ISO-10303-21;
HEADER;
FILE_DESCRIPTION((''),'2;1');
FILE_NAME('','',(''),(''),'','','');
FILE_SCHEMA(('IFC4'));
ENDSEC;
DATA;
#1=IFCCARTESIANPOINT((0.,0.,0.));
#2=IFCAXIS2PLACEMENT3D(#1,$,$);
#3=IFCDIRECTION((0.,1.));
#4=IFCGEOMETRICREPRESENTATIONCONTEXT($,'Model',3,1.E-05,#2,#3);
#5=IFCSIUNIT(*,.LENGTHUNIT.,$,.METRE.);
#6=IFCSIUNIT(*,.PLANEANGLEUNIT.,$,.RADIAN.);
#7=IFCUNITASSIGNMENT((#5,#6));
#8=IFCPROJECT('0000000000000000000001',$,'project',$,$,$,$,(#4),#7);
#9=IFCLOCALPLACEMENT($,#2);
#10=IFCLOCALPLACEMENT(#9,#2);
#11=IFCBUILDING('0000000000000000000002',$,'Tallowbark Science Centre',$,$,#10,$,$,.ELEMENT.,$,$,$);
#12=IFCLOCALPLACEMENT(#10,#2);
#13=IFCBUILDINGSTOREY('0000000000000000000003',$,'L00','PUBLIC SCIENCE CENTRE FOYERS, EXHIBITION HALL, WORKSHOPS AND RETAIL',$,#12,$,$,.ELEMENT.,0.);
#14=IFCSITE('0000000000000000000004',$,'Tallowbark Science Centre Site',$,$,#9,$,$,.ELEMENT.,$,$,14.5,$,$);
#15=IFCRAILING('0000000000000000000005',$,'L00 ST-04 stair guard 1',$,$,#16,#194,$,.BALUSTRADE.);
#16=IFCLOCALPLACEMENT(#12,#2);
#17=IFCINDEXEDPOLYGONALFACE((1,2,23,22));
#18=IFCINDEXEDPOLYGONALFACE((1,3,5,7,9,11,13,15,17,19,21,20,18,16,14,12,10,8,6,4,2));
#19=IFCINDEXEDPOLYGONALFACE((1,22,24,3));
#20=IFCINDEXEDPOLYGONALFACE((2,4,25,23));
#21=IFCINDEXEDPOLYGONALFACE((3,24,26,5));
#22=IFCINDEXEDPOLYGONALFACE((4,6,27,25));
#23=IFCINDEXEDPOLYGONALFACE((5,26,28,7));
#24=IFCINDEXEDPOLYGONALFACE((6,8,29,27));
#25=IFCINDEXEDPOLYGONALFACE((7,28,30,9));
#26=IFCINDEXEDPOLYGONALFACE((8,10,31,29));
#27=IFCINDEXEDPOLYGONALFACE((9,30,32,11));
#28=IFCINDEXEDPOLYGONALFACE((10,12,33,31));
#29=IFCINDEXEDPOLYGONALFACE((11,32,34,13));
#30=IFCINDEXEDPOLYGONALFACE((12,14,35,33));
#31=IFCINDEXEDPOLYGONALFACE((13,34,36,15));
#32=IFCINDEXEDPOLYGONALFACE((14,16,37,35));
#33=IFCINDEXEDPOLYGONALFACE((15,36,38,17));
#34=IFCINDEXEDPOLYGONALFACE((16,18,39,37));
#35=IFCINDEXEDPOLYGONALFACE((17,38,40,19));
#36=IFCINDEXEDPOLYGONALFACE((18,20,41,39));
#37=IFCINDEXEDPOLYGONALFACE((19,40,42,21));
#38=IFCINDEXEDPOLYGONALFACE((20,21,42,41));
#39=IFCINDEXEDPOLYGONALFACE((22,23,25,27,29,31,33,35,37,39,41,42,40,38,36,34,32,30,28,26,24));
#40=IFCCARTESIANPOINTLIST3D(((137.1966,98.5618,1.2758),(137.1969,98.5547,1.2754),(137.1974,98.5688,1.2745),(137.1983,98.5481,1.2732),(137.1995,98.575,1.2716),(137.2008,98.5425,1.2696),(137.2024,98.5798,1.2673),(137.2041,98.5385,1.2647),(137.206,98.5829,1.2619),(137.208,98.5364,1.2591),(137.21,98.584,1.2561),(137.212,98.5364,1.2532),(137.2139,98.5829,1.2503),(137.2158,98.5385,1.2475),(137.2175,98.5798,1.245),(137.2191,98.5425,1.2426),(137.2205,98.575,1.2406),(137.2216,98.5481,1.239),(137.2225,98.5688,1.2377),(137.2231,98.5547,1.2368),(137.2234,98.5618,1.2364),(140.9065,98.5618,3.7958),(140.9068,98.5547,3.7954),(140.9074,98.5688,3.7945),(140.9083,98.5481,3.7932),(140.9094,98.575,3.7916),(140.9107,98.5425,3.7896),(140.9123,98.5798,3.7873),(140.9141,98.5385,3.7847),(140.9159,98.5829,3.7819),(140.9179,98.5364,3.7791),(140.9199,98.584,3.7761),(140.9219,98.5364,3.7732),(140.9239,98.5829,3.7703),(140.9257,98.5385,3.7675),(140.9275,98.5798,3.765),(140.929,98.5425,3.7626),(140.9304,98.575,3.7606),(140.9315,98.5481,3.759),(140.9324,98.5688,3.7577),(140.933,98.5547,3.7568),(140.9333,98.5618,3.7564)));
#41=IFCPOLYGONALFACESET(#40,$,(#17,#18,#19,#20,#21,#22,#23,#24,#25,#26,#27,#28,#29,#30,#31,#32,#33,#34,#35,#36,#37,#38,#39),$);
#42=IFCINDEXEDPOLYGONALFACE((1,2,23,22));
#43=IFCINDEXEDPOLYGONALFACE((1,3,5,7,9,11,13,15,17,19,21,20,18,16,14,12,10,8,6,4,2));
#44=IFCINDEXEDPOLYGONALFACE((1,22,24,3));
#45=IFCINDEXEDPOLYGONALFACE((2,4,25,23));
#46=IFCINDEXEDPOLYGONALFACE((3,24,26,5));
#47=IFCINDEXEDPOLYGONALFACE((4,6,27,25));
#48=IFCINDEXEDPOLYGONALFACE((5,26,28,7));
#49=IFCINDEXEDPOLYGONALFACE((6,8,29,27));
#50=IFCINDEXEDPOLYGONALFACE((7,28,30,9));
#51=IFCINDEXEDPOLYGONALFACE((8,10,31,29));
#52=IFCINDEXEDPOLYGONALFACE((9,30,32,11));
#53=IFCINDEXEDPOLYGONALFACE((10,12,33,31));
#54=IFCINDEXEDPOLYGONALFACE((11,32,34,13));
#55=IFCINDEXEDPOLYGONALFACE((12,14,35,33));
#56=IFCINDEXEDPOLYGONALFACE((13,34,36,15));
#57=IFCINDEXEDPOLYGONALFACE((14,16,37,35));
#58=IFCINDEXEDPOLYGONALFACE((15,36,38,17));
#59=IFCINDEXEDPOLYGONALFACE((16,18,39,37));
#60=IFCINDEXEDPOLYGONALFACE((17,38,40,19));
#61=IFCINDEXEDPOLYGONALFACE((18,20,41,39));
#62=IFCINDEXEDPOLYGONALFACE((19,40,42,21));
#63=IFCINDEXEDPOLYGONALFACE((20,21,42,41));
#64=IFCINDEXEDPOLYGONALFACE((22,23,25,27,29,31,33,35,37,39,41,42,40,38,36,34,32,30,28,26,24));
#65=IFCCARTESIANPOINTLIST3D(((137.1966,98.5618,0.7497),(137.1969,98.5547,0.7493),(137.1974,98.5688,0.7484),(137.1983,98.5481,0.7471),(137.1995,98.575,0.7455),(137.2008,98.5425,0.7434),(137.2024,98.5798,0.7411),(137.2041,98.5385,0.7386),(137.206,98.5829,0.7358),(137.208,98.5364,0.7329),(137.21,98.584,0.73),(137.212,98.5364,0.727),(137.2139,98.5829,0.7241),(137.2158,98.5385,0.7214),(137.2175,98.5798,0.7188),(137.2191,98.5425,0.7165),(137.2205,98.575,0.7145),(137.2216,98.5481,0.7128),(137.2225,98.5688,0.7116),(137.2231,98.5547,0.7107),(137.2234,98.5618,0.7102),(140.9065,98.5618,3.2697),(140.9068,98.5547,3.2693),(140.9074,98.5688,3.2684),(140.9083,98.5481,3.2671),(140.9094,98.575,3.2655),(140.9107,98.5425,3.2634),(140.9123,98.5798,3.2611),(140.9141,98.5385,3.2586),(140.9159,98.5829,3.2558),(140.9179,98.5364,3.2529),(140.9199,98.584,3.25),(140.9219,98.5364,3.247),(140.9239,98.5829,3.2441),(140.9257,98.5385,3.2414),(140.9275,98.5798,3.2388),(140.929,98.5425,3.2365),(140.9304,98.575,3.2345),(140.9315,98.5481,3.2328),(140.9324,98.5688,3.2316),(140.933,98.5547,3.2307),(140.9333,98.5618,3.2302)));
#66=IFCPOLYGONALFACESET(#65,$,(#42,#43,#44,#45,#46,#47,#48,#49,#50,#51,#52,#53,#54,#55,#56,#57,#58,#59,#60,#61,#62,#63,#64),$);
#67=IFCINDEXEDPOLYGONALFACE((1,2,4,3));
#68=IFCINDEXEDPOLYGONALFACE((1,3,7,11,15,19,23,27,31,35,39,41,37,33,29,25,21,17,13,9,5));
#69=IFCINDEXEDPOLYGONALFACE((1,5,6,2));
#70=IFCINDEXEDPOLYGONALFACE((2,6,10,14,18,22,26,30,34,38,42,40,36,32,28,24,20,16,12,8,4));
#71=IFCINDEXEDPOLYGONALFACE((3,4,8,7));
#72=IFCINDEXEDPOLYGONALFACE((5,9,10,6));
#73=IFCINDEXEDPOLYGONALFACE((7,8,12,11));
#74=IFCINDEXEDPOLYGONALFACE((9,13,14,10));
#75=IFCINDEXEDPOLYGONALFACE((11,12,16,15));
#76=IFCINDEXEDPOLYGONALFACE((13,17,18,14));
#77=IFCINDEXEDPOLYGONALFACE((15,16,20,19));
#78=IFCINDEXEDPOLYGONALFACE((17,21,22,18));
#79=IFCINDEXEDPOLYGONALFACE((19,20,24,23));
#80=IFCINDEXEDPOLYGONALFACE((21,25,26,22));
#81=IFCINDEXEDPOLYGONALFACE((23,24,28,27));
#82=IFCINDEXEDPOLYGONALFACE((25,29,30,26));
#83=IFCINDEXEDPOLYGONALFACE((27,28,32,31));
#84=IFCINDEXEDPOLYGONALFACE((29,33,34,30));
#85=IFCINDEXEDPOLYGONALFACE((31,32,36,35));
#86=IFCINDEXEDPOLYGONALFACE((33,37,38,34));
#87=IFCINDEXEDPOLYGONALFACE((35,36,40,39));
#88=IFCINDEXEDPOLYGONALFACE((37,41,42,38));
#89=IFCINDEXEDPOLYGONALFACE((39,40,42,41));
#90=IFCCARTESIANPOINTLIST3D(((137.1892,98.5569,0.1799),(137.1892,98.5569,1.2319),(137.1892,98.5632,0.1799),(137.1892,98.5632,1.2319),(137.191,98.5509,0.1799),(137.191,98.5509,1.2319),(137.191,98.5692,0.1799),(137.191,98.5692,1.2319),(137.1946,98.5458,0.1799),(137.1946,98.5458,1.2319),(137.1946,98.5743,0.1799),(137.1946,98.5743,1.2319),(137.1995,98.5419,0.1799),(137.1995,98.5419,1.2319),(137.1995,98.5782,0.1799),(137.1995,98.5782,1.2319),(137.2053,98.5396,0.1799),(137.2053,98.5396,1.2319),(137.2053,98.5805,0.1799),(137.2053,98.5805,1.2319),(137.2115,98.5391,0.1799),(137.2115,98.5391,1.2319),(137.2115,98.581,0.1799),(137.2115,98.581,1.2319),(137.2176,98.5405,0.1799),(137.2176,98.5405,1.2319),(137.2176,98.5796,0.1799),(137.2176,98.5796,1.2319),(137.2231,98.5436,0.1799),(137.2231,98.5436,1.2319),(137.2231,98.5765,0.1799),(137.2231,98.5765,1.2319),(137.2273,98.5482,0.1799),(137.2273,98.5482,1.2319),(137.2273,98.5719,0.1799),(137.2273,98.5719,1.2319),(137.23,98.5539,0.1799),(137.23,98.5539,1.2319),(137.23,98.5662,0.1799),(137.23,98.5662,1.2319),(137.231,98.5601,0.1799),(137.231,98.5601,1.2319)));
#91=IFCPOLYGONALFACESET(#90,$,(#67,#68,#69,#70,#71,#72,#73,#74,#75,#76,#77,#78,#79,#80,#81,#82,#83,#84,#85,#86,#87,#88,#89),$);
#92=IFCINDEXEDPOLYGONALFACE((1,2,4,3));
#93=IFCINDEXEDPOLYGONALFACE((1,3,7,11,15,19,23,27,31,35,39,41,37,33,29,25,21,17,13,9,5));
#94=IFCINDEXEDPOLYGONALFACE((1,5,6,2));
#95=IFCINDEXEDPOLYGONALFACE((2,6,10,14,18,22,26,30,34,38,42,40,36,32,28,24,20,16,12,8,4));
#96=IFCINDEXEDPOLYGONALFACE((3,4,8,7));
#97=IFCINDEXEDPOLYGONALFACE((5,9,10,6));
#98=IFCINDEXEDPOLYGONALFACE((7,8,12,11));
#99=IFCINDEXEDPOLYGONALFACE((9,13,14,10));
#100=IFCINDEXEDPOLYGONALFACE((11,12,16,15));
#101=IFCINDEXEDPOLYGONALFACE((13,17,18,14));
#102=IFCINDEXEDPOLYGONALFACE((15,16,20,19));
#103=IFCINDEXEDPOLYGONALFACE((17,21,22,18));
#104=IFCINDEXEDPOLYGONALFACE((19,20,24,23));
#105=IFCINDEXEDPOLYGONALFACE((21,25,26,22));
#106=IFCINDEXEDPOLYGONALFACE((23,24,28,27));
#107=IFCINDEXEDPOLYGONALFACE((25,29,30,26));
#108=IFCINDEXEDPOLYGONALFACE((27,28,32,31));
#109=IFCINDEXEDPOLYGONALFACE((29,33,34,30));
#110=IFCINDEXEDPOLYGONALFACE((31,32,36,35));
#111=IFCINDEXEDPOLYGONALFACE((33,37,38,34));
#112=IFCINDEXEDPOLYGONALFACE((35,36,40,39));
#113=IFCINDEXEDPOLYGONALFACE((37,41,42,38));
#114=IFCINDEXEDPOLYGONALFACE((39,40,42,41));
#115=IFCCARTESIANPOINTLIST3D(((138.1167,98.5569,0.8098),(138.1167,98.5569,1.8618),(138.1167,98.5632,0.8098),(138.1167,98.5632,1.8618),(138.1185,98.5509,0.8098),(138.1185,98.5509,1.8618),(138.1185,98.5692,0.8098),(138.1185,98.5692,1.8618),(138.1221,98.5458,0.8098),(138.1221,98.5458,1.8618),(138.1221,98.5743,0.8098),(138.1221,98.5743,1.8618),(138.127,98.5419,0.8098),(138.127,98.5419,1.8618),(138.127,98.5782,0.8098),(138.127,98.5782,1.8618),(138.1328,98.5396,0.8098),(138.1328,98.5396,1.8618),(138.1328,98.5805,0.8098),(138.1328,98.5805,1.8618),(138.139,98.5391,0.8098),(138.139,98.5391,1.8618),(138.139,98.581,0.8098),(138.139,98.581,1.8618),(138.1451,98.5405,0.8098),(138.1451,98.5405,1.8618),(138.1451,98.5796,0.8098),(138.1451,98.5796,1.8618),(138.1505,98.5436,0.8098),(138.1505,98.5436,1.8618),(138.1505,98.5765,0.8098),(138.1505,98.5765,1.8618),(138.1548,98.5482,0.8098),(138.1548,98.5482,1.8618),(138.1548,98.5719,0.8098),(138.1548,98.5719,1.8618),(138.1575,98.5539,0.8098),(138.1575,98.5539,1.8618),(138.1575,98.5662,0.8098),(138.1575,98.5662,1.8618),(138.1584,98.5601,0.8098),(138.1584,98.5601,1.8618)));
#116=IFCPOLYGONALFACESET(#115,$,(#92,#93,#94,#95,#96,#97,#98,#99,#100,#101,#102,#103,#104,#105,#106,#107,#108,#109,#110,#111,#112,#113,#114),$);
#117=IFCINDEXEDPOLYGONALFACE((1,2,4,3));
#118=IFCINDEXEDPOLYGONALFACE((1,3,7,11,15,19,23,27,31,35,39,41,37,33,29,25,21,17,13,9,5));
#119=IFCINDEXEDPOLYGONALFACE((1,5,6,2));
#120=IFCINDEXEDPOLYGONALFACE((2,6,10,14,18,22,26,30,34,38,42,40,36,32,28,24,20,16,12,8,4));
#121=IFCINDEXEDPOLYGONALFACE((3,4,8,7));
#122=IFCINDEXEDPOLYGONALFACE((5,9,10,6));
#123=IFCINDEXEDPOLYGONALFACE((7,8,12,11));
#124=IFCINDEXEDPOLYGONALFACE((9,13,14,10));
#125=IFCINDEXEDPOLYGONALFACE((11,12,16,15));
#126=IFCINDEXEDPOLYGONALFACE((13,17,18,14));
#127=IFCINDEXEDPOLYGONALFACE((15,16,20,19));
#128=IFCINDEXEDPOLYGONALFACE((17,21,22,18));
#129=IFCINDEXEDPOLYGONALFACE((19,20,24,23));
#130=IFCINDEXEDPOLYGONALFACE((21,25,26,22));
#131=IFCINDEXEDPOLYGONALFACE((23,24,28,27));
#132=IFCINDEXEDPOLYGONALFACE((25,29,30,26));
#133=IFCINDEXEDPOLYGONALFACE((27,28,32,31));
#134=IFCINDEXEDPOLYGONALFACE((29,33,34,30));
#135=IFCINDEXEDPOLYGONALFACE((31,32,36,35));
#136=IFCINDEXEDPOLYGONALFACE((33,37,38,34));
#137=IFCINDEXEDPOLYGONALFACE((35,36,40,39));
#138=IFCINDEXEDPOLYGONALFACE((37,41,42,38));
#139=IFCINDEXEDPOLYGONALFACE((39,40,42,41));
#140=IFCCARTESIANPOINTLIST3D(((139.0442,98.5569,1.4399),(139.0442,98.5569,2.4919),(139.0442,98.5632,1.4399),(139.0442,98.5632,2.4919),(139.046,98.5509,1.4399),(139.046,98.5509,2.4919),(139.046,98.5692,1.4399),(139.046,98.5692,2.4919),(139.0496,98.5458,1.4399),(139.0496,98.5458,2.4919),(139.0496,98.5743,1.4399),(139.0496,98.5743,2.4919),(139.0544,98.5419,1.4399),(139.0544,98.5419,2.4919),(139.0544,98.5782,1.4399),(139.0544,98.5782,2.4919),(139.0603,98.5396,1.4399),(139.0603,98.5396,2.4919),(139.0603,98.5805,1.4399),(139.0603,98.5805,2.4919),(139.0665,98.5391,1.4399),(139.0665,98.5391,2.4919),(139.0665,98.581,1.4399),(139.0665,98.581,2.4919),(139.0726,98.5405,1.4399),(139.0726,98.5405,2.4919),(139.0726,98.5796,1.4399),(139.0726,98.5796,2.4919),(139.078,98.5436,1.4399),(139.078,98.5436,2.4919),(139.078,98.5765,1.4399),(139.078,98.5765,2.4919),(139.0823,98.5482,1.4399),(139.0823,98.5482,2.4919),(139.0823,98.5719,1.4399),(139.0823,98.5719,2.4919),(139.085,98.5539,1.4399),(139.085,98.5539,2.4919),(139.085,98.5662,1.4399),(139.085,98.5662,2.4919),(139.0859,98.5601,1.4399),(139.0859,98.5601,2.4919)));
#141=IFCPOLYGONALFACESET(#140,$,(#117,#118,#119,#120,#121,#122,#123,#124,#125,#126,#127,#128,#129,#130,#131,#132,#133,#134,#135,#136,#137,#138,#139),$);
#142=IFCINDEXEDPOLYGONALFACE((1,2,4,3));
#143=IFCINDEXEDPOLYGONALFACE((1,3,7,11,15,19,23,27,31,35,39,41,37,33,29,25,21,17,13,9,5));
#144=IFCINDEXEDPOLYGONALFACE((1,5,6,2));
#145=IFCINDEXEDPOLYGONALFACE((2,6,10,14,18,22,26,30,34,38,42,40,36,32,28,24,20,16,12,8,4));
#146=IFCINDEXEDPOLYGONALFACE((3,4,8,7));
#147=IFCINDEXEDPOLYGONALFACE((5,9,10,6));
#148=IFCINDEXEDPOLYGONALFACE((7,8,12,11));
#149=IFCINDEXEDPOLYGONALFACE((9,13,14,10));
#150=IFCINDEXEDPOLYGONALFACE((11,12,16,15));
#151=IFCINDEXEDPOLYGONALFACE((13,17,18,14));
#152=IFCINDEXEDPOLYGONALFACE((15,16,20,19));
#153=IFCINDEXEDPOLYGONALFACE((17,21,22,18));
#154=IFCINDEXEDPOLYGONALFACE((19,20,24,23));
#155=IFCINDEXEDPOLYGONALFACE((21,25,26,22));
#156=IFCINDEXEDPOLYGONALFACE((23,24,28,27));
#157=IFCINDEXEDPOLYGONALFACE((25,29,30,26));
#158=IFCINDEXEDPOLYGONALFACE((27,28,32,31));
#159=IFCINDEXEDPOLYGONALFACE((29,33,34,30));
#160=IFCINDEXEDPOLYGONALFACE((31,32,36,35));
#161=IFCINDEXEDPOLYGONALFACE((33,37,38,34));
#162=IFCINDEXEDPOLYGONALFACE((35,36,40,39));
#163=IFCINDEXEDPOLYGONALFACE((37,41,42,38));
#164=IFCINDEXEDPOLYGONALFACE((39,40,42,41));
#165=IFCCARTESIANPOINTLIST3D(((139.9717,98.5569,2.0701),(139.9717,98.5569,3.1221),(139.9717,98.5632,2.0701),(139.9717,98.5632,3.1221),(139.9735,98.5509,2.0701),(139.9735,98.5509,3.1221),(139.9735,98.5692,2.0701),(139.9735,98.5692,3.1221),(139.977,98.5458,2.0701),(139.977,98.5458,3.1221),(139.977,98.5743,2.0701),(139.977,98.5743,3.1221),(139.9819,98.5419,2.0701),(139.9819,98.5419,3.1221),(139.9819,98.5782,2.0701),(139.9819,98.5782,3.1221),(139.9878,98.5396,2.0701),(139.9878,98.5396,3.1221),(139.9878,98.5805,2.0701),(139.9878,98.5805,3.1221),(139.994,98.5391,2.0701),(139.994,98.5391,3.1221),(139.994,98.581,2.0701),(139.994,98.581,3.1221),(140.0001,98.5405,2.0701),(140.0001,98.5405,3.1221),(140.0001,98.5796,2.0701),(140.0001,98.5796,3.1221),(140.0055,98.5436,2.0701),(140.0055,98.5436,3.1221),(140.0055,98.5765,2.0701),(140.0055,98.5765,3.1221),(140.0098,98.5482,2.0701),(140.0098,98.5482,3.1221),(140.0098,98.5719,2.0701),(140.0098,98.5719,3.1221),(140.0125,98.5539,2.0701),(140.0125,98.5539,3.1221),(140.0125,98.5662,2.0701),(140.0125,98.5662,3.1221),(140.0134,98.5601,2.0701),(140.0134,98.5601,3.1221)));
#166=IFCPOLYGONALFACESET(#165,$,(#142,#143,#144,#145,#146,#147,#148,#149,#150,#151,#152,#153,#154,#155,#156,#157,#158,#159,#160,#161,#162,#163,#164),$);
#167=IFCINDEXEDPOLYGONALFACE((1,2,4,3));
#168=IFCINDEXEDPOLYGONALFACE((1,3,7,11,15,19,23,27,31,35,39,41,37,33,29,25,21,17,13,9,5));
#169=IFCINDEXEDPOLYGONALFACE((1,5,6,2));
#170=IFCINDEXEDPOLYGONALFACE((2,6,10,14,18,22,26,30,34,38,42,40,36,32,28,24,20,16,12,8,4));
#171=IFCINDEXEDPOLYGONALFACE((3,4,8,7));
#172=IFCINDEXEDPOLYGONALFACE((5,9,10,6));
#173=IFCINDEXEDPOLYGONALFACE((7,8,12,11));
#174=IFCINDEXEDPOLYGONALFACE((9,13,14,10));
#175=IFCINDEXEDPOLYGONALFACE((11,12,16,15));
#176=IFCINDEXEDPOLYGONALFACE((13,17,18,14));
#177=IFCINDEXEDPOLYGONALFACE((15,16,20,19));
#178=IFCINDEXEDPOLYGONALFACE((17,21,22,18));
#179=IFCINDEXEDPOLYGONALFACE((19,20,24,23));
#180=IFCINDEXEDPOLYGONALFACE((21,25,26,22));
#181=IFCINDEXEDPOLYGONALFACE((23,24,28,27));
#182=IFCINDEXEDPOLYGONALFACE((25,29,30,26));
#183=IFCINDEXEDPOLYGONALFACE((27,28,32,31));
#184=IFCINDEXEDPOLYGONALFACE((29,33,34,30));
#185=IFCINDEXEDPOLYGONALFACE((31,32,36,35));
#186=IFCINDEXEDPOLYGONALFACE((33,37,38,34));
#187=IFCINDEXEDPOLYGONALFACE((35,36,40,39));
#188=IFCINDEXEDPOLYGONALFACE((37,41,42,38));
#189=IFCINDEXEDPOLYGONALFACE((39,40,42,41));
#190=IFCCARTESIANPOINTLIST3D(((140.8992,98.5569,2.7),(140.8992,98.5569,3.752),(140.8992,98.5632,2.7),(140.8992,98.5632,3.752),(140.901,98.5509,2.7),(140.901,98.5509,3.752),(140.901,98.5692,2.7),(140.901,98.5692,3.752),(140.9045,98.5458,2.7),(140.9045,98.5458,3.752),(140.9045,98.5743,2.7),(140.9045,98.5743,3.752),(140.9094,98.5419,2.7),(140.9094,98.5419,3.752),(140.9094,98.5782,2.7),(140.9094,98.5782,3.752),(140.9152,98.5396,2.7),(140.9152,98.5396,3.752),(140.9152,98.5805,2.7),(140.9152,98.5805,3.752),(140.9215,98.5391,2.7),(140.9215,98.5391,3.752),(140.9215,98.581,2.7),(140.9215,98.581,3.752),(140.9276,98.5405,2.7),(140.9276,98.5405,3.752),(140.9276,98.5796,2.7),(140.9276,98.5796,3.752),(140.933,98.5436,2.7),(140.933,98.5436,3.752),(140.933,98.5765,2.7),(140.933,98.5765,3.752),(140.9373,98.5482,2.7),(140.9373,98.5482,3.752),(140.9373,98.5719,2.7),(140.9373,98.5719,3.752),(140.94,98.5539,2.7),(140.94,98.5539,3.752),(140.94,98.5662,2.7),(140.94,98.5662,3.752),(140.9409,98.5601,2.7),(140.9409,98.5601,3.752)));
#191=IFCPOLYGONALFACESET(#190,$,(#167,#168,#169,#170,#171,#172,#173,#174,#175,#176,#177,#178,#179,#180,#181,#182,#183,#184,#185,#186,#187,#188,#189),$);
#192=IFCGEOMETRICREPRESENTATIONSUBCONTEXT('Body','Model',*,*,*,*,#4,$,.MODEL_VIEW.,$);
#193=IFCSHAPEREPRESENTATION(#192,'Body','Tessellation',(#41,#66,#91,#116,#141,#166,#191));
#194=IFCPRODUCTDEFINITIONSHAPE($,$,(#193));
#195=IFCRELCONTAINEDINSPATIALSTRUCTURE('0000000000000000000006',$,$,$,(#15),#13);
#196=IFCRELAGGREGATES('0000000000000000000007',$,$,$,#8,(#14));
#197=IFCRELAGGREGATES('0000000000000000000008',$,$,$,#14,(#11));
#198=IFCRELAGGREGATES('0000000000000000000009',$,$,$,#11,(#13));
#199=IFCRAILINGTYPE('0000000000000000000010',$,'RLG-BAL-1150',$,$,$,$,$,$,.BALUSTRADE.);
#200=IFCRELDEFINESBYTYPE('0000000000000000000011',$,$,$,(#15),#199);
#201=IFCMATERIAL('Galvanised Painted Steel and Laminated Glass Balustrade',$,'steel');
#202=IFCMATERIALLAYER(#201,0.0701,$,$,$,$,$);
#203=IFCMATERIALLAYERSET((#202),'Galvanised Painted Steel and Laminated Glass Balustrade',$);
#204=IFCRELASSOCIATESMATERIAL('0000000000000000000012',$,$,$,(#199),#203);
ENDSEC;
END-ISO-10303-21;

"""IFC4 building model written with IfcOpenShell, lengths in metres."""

from ifc_helpers import new_model, si_unit, direction, frame, origin, origin_2d, place, context, subcontext, project, spatial, circle, extrude, material, layer, layer_set, type_object, element, save


model = new_model("IFC4")

# Units and contexts
model_context = context("Model", 3, precision=1e-05, world=origin(), true_north=direction((0.0, 1.0)))
body_context = subcontext(model_context, "Body", "Model", "MODEL_VIEW")
ifc_project = project(units=[si_unit("LENGTHUNIT", "METRE"), si_unit("PLANEANGLEUNIT", "RADIAN")], contexts=[model_context])

# Site, building, storey
site_placement = place(None, origin())
site = spatial("IfcSite", under=ifc_project, at=site_placement, Name="Tallowbark Science Centre Site", CompositionType="ELEMENT", RefElevation=14.5)
building_placement = place(site_placement, origin())
building = spatial("IfcBuilding", under=site, at=building_placement, Name="Tallowbark Science Centre", CompositionType="ELEMENT")
storey_placement = place(building_placement, origin())
storey = spatial("IfcBuildingStorey", under=building, at=storey_placement, Name="L00", Description="PUBLIC SCIENCE CENTRE FOYERS, EXHIBITION HALL, WORKSHOPS AND RETAIL", CompositionType="ELEMENT", Elevation=0.0)

# Railing
ifc_material_1 = material(Name="Galvanised Painted Steel and Laminated Glass Balustrade", Category="steel")
ifc_layer_1 = layer(ifc_material_1, 0.0701)
ifc_layer_set_1 = layer_set([ifc_layer_1], Name="Galvanised Painted Steel and Laminated Glass Balustrade")
railing_type_1 = type_object("IfcRailingType", Name="RLG-BAL-1150", PredefinedType="BALUSTRADE", material=ifc_layer_set_1)
railing_1_placement = place(storey_placement, frame((137.21, 98.5601, 0.1799)))
element("IfcRailing", 1, at=railing_1_placement, inside=storey, type_object=railing_type_1, Name="L00 ST-04 stair guard 1", PredefinedType="BALUSTRADE", context=body_context, shape_type="SweptSolid", body=[
    extrude(circle(Radius=0.0239, at=origin_2d()), frame((0.0, 0.0, 1.0762), z_axis=(0.827212, 0.0, 0.56189), x_axis=(0.0, 1.0, 0.0)), (0.0, 0.0, 1.0), 4.4849),
    extrude(circle(Radius=0.0239, at=origin_2d()), frame((0.0, 0.0, 0.55), z_axis=(0.827212, 0.0, 0.56189), x_axis=(0.0, 1.0, 0.0)), (0.0, 0.0, 1.0), 4.4849),
    extrude(circle(Radius=0.021, at=origin_2d()), origin(), (0.0, 0.0, 1.0), 1.052),
    extrude(circle(Radius=0.021, at=origin_2d()), frame((0.9275, 0.0, 0.6299)), (0.0, 0.0, 1.0), 1.052),
    extrude(circle(Radius=0.021, at=origin_2d()), frame((1.855, 0.0, 1.26)), (0.0, 0.0, 1.0), 1.052),
    extrude(circle(Radius=0.021, at=origin_2d()), frame((2.7825, 0.0, 1.8901)), (0.0, 0.0, 1.0), 1.052),
    extrude(circle(Radius=0.021, at=origin_2d()), frame((3.71, 0.0, 2.52)), (0.0, 0.0, 1.0), 1.052),
])

save(model, "model.ifc")
